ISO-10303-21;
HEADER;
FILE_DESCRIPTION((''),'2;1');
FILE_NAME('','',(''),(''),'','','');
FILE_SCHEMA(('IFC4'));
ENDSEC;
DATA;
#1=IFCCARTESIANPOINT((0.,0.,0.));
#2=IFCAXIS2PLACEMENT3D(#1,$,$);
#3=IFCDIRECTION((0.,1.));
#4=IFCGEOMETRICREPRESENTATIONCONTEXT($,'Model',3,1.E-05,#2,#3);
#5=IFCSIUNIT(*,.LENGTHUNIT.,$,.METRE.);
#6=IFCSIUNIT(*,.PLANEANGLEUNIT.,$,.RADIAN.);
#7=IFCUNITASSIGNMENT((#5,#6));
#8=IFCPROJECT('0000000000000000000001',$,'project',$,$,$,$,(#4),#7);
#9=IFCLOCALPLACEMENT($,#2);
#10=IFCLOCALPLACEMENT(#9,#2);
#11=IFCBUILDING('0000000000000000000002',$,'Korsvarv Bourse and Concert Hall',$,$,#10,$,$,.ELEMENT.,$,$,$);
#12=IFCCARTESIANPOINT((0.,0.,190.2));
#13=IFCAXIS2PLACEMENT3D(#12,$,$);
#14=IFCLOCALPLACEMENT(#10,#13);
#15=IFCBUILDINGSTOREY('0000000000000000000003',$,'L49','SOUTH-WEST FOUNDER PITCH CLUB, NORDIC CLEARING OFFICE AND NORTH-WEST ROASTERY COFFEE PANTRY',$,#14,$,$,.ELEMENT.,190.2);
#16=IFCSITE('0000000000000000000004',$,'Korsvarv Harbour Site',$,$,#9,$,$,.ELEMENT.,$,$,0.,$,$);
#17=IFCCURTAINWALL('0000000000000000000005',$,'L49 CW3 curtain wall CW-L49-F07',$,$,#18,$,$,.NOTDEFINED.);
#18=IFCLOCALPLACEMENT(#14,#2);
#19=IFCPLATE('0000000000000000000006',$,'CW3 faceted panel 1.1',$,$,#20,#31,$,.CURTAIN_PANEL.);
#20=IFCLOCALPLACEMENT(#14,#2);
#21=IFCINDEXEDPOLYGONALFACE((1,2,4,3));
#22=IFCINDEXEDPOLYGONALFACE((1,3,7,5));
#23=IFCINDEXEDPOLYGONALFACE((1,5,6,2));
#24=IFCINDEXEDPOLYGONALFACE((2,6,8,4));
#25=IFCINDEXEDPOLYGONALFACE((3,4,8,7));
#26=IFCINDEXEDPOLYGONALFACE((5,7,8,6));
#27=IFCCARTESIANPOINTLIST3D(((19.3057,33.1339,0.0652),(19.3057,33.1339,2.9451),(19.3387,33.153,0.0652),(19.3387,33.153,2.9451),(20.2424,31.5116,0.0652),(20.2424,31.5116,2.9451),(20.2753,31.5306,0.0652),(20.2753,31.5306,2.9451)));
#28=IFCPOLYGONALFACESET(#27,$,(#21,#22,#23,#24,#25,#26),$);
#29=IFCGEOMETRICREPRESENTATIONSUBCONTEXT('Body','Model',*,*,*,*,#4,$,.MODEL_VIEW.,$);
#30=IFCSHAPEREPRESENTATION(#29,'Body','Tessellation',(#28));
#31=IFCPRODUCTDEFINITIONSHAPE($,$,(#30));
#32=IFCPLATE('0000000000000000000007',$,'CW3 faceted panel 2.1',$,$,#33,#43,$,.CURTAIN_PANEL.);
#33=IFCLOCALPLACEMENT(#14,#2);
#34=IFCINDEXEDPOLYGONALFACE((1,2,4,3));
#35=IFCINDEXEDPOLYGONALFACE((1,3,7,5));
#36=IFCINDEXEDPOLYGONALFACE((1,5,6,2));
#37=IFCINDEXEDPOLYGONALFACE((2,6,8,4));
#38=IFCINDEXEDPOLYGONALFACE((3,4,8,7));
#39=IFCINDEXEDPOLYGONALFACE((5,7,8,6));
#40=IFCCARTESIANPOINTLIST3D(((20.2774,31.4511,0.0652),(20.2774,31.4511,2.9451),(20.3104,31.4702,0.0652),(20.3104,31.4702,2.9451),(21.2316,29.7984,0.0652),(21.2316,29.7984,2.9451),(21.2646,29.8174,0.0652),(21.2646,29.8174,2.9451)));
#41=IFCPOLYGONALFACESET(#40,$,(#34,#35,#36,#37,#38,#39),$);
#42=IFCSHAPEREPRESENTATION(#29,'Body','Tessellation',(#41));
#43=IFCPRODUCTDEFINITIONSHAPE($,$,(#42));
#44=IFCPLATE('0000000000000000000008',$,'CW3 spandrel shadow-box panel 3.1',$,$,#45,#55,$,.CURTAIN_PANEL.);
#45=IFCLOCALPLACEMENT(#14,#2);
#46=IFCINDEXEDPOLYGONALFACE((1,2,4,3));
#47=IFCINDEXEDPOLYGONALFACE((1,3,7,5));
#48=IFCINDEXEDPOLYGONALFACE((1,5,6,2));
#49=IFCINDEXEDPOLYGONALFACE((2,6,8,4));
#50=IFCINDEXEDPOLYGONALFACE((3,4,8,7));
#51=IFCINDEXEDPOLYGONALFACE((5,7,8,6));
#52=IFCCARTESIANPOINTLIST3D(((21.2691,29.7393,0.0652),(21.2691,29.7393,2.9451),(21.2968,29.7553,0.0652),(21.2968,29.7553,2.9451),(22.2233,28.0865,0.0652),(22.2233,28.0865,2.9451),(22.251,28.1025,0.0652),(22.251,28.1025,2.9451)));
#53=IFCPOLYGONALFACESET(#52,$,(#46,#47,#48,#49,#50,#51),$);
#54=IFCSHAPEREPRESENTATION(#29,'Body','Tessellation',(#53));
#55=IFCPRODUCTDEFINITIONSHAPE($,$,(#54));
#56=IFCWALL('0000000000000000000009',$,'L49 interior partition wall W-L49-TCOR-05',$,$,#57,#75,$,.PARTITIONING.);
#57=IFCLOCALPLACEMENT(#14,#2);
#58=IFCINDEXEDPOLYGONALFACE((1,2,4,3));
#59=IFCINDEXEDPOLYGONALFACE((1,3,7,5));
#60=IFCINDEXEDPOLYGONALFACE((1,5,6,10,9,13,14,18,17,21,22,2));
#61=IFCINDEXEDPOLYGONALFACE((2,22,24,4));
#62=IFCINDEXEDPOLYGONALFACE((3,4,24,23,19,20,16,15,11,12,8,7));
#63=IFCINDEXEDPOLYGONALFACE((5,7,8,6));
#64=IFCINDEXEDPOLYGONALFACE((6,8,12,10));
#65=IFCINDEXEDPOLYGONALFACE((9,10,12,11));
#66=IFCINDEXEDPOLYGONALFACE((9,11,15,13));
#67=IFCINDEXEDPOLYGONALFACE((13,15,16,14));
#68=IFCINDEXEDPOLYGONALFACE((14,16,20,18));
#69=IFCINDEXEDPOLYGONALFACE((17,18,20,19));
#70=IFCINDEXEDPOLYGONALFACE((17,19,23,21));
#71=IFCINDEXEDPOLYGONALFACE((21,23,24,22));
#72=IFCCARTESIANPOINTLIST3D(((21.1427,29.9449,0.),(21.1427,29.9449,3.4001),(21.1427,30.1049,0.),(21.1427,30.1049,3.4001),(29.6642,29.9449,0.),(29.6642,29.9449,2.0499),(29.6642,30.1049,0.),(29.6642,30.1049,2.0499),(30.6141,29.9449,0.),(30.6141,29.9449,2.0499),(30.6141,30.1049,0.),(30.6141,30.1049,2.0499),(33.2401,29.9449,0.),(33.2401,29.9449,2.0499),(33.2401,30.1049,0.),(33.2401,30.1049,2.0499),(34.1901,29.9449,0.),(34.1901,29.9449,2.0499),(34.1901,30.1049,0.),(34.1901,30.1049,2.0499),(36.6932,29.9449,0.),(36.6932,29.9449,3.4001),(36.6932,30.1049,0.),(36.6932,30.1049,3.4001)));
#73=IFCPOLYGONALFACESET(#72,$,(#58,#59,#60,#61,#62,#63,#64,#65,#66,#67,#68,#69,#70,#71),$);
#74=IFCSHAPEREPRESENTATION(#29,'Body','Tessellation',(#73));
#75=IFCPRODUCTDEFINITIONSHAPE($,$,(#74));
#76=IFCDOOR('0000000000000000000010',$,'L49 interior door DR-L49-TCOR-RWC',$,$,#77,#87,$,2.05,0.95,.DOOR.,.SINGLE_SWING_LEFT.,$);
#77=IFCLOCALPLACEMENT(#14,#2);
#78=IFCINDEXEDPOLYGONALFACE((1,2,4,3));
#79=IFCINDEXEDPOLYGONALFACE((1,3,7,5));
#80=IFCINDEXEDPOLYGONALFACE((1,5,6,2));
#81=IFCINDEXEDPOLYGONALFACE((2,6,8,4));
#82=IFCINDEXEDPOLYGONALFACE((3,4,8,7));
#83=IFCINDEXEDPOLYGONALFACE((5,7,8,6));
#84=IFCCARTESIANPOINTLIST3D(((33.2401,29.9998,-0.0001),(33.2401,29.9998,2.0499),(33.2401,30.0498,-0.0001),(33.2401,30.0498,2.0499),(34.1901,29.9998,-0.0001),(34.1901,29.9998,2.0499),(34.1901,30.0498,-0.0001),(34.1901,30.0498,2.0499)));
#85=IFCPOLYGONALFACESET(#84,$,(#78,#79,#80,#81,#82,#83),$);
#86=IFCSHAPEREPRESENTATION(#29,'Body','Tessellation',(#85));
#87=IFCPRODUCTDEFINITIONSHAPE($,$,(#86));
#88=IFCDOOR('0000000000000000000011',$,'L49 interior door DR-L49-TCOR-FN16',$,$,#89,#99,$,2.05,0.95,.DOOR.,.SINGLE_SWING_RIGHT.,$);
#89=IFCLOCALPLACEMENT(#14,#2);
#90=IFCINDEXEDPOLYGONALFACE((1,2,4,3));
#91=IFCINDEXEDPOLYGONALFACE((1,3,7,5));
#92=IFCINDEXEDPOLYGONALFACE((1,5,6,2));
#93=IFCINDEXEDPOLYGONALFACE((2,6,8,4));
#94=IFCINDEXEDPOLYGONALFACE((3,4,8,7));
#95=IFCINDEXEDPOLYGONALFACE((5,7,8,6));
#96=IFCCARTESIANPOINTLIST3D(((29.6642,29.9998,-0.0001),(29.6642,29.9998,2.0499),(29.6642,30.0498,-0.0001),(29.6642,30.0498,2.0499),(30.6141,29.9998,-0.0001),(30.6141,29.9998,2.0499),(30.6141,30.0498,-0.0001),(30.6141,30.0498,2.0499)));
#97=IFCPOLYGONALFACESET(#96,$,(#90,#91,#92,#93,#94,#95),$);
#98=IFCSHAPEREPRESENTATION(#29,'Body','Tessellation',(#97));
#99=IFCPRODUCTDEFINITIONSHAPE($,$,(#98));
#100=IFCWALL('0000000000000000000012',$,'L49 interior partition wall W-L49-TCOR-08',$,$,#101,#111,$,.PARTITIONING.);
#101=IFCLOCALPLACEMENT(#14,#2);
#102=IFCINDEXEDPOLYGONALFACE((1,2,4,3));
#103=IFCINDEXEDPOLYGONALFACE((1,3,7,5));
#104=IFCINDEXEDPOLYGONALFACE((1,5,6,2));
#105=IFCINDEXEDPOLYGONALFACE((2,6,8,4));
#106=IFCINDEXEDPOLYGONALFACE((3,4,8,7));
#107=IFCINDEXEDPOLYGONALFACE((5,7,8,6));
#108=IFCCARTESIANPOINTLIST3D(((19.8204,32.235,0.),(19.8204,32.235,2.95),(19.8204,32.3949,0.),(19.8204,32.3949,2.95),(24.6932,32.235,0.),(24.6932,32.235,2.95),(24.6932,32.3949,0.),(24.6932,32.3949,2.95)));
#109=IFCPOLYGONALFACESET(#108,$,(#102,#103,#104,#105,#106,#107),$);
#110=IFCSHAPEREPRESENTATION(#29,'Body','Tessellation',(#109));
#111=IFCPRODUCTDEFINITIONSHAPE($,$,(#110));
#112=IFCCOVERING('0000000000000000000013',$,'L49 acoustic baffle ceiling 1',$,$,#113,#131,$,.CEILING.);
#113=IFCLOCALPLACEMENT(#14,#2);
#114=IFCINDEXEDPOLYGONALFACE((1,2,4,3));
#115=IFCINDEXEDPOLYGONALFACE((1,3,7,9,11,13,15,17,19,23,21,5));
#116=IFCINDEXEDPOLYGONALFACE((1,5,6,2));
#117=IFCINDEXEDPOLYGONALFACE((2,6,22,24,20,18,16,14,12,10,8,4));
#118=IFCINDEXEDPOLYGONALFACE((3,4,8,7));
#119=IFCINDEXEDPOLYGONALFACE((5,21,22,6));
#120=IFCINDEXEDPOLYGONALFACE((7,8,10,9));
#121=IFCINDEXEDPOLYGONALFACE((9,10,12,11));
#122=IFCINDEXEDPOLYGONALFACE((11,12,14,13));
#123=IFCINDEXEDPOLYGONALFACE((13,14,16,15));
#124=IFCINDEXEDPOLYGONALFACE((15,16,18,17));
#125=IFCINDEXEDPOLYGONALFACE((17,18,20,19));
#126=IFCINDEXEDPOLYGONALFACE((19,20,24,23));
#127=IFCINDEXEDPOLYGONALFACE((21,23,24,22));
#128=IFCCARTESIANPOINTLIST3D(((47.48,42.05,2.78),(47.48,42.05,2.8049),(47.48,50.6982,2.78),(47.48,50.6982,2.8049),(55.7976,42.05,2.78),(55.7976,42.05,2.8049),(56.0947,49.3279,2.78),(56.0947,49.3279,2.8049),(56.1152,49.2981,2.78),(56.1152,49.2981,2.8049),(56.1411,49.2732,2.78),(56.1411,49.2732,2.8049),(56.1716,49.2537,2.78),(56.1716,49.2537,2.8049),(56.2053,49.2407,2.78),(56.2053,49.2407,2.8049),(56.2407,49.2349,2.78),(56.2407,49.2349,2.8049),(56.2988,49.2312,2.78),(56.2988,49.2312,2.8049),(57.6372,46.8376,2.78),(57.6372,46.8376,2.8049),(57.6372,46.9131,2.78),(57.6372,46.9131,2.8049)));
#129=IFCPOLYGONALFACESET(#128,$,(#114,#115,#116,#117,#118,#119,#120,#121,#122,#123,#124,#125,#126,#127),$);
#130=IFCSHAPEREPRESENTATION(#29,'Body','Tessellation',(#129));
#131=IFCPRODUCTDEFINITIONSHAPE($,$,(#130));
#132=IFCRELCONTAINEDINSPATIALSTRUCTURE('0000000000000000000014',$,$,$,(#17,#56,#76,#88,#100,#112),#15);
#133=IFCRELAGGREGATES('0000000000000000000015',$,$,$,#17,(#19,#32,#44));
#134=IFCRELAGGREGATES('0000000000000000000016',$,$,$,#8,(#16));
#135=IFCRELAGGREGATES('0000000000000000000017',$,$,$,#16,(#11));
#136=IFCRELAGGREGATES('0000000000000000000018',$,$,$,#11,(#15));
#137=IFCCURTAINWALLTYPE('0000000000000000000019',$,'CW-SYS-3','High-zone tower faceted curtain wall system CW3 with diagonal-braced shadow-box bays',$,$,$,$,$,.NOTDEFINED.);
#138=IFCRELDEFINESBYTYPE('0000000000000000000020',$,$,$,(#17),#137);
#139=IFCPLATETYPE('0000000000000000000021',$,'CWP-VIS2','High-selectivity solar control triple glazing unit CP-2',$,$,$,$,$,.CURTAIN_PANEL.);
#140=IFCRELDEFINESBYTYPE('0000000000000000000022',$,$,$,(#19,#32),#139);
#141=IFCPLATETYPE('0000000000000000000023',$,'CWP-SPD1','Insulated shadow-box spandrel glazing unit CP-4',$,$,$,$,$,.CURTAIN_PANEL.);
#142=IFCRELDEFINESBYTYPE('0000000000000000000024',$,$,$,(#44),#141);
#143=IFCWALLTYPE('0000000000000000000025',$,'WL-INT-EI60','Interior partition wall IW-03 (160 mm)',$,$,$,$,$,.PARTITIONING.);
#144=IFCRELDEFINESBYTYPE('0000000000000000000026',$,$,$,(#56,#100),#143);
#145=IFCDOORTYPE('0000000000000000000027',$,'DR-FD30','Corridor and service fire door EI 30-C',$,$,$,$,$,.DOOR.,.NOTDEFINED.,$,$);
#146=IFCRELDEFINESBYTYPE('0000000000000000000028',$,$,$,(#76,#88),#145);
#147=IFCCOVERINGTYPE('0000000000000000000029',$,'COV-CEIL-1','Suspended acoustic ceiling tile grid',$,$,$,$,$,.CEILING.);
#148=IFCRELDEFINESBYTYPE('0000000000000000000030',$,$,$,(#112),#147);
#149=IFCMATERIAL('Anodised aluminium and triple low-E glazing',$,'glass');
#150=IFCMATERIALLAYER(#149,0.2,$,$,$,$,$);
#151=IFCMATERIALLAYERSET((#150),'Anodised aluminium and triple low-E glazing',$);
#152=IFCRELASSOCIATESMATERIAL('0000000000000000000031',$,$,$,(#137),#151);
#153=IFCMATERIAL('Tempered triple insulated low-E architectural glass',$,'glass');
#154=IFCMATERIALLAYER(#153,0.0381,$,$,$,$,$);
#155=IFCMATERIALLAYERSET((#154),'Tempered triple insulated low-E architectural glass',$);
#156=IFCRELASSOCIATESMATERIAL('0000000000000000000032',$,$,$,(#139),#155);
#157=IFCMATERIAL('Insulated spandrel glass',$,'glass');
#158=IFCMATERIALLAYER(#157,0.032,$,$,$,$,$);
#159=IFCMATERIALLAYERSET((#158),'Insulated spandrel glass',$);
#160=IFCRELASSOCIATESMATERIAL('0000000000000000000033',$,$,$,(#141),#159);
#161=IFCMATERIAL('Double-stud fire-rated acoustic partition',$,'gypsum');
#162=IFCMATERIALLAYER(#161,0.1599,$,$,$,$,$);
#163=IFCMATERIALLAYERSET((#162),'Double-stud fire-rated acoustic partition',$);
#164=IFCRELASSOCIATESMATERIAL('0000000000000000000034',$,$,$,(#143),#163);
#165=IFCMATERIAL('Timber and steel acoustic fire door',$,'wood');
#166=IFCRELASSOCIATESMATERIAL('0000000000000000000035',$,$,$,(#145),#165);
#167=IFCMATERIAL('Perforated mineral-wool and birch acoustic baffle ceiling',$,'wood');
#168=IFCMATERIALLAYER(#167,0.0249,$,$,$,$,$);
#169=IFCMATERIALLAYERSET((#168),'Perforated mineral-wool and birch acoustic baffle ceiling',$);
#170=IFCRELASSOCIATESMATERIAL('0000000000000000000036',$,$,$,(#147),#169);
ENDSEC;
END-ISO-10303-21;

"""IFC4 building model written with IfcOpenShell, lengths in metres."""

from ifc_helpers import new_model, si_unit, direction, frame, frame_2d, origin, origin_2d, place, context, subcontext, project, spatial, polyline, rectangle, outline, extrude, source, transform, mapped, material, layer, layer_set, type_object, element, fill, aggregate, save


model = new_model("IFC4")

# Units and contexts
model_context = context("Model", 3, precision=1e-05, world=origin(), true_north=direction((0.0, 1.0)))
body_context = subcontext(model_context, "Body", "Model", "MODEL_VIEW")
ifc_project = project(units=[si_unit("LENGTHUNIT", "METRE"), si_unit("PLANEANGLEUNIT", "RADIAN")], contexts=[model_context])

# Site, building, storey
site_placement = place(None, origin())
site = spatial("IfcSite", under=ifc_project, at=site_placement, Name="Korsvarv Harbour Site", CompositionType="ELEMENT", RefElevation=0.0)
building_placement = place(site_placement, origin())
building = spatial("IfcBuilding", under=site, at=building_placement, Name="Korsvarv Bourse and Concert Hall", CompositionType="ELEMENT")
storey_placement = place(building_placement, frame((0.0, 0.0, 190.2)))
storey = spatial("IfcBuildingStorey", under=building, at=storey_placement, Name="L49", Description="SOUTH-WEST FOUNDER PITCH CLUB, NORDIC CLEARING OFFICE AND NORTH-WEST ROASTERY COFFEE PANTRY", CompositionType="ELEMENT", Elevation=190.2)

# Curtain wall
ifc_material_1 = material(Name="Anodised aluminium and triple low-E glazing", Category="glass")
ifc_layer_1 = layer(ifc_material_1, 0.2)
ifc_layer_set_1 = layer_set([ifc_layer_1], Name="Anodised aluminium and triple low-E glazing")
curtain_wall_type = type_object("IfcCurtainWallType", Name="CW-SYS-3", Description="High-zone tower faceted curtain wall system CW3 with diagonal-braced shadow-box bays", PredefinedType="NOTDEFINED", material=ifc_layer_set_1)
curtain_wall_placement = place(storey_placement, origin())
curtain_wall = element("IfcCurtainWall", 1, at=curtain_wall_placement, inside=storey, type_object=curtain_wall_type, Name="L49 CW3 curtain wall CW-L49-F07", PredefinedType="NOTDEFINED")

# Plates
ifc_material_2 = material(Name="Tempered triple insulated low-E architectural glass", Category="glass")
ifc_layer_2 = layer(ifc_material_2, 0.0381)
ifc_layer_set_2 = layer_set([ifc_layer_2], Name="Tempered triple insulated low-E architectural glass")
plate_type_1 = type_object("IfcPlateType", Name="CWP-VIS2", Description="High-selectivity solar control triple glazing unit CP-2", PredefinedType="CURTAIN_PANEL", material=ifc_layer_set_2)
shared_shape_1 = source(origin(), body_context, "Body", "SweptSolid", [
    extrude(rectangle(XDim=1.8733, YDim=0.0381, at=origin_2d()), origin(), (0.0, 0.0, 1.0), 2.8799),
])
plate_1_placement = place(storey_placement, frame((19.7905, 32.3323, 0.0652), z_axis=(0.0, 0.0, 1.0), x_axis=(0.499993, -0.86603, 0.0)))
plate_1 = element("IfcPlate", 2, at=plate_1_placement, type_object=plate_type_1, Name="CW3 faceted panel 1.1", PredefinedType="CURTAIN_PANEL", context=body_context, shape_type="MappedRepresentation", body=[
    mapped(shared_shape_1, transform((0.0, 0.0, 0.0), scale=1.0)),
])
shared_shape_2 = source(origin(), body_context, "Body", "SweptSolid", [
    extrude(rectangle(XDim=1.9084, YDim=0.0381, at=origin_2d()), origin(), (0.0, 0.0, 1.0), 2.8799),
])
plate_2_placement = place(storey_placement, frame((20.771, 30.6343, 0.0652), z_axis=(0.0, 0.0, 1.0), x_axis=(0.499993, -0.86603, 0.0)))
plate_2 = element("IfcPlate", 3, at=plate_2_placement, type_object=plate_type_1, Name="CW3 faceted panel 2.1", PredefinedType="CURTAIN_PANEL", context=body_context, shape_type="MappedRepresentation", body=[
    mapped(shared_shape_2, transform((0.0, 0.0, 0.0), scale=1.0)),
])
ifc_material_3 = material(Name="Insulated spandrel glass", Category="glass")
ifc_layer_3 = layer(ifc_material_3, 0.032)
ifc_layer_set_3 = layer_set([ifc_layer_3], Name="Insulated spandrel glass")
plate_type_2 = type_object("IfcPlateType", Name="CWP-SPD1", Description="Insulated shadow-box spandrel glazing unit CP-4", PredefinedType="CURTAIN_PANEL", material=ifc_layer_set_3)
shared_shape_3 = source(origin(), body_context, "Body", "SweptSolid", [
    extrude(rectangle(XDim=1.9084, YDim=0.032, at=origin_2d()), origin(), (0.0, 0.0, 1.0), 2.8799),
])
plate_3_placement = place(storey_placement, frame((21.76, 28.9209, 0.0652), z_axis=(0.0, 0.0, 1.0), x_axis=(0.499993, -0.86603, 0.0)))
plate_3 = element("IfcPlate", 4, at=plate_3_placement, type_object=plate_type_2, Name="CW3 spandrel shadow-box panel 3.1", PredefinedType="CURTAIN_PANEL", context=body_context, shape_type="MappedRepresentation", body=[
    mapped(shared_shape_3, transform((0.0, 0.0, 0.0), scale=1.0)),
])
aggregate(curtain_wall, [plate_1, plate_2, plate_3])

# Wall, openings, doors
ifc_material_4 = material(Name="Double-stud fire-rated acoustic partition", Category="gypsum")
ifc_layer_4 = layer(ifc_material_4, 0.1599)
ifc_layer_set_4 = layer_set([ifc_layer_4], Name="Double-stud fire-rated acoustic partition")
wall_type = type_object("IfcWallType", Name="WL-INT-EI60", Description="Interior partition wall IW-03 (160 mm)", PredefinedType="PARTITIONING", material=ifc_layer_set_4)
wall_1_placement = place(storey_placement, frame((21.1426, 30.0249, 0.0), z_axis=(0.0, 0.0, 1.0), x_axis=(1.0, 0.0, 0.0)))
wall_1 = element("IfcWall", 5, at=wall_1_placement, inside=storey, type_object=wall_type, Name="L49 interior partition wall W-L49-TCOR-05", PredefinedType="PARTITIONING", context=body_context, shape_type="SweptSolid", body=[
    extrude(rectangle(XDim=15.5505, YDim=0.1599, at=frame_2d((7.7754, 0.0))), origin(), (0.0, 0.0, 1.0), 3.4001),
])
opening_1_placement = place(wall_1_placement, frame((12.0974, 0.0, 0.0)))
opening_1 = element("IfcOpeningElement", 6, at=opening_1_placement, cuts=wall_1, PredefinedType="OPENING", context=body_context, shape_type="SweptSolid", body=[
    extrude(rectangle(XDim=0.95, YDim=2.05, at=frame_2d((0.4751, 1.0249))), frame((0.0, 0.0898, 0.0), z_axis=(0.0, -1.0, 0.0), x_axis=(1.0, 0.0, 0.0)), (0.0, 0.0, 1.0), 0.1799),
])
opening_2_placement = place(wall_1_placement, frame((8.5215, 0.0, 0.0)))
opening_2 = element("IfcOpeningElement", 7, at=opening_2_placement, cuts=wall_1, PredefinedType="OPENING", context=body_context, shape_type="SweptSolid", body=[
    extrude(rectangle(XDim=0.95, YDim=2.05, at=frame_2d((0.4751, 1.0249))), frame((0.0, 0.0898, 0.0), z_axis=(0.0, -1.0, 0.0), x_axis=(1.0, 0.0, 0.0)), (0.0, 0.0, 1.0), 0.1799),
])
ifc_material_5 = material(Name="Timber and steel acoustic fire door", Category="wood")
door_type = type_object("IfcDoorType", Name="DR-FD30", Description="Corridor and service fire door EI 30-C", OperationType="NOTDEFINED", PredefinedType="DOOR", material=ifc_material_5)
door_1_placement = place(opening_1_placement, origin())
door_1 = element("IfcDoor", 8, at=door_1_placement, inside=storey, type_object=door_type, Name="L49 interior door DR-L49-TCOR-RWC", OperationType="SINGLE_SWING_LEFT", OverallHeight=2.05, OverallWidth=0.95, PredefinedType="DOOR", context=body_context, shape_type="SweptSolid", body=[
    extrude(rectangle(XDim=0.95, YDim=2.05, at=frame_2d((0.4751, 1.0249))), frame((0.0, 0.0249, 0.0), z_axis=(0.0, -1.0, 0.0), x_axis=(1.0, 0.0, 0.0)), (0.0, 0.0, 1.0), 0.05),
])
fill(opening_1, door_1)
door_2_placement = place(opening_2_placement, origin())
door_2 = element("IfcDoor", 9, at=door_2_placement, inside=storey, type_object=door_type, Name="L49 interior door DR-L49-TCOR-FN16", OperationType="SINGLE_SWING_RIGHT", OverallHeight=2.05, OverallWidth=0.95, PredefinedType="DOOR", context=body_context, shape_type="SweptSolid", body=[
    extrude(rectangle(XDim=0.95, YDim=2.05, at=frame_2d((0.4751, 1.0249))), frame((0.0, 0.0249, 0.0), z_axis=(0.0, -1.0, 0.0), x_axis=(1.0, 0.0, 0.0)), (0.0, 0.0, 1.0), 0.05),
])
fill(opening_2, door_2)

# Wall
wall_2_placement = place(storey_placement, frame((19.8203, 32.3149, 0.0), z_axis=(0.0, 0.0, 1.0), x_axis=(1.0, 0.0, 0.0)))
element("IfcWall", 10, at=wall_2_placement, inside=storey, type_object=wall_type, Name="L49 interior partition wall W-L49-TCOR-08", PredefinedType="PARTITIONING", context=body_context, shape_type="SweptSolid", body=[
    extrude(rectangle(XDim=4.8728, YDim=0.1599, at=frame_2d((2.4365, 0.0))), origin(), (0.0, 0.0, 1.0), 2.95),
])

# Covering
ifc_material_6 = material(Name="Perforated mineral-wool and birch acoustic baffle ceiling", Category="wood")
ifc_layer_5 = layer(ifc_material_6, 0.0249)
ifc_layer_set_5 = layer_set([ifc_layer_5], Name="Perforated mineral-wool and birch acoustic baffle ceiling")
covering_type_1 = type_object("IfcCoveringType", Name="COV-CEIL-1", Description="Suspended acoustic ceiling tile grid", PredefinedType="CEILING", material=ifc_layer_set_5)
covering_1_placement = place(storey_placement, frame((0.0, 0.0, 2.78)))
element("IfcCovering", 11, at=covering_1_placement, inside=storey, type_object=covering_type_1, Name="L49 acoustic baffle ceiling 1", PredefinedType="CEILING", context=body_context, shape_type="SweptSolid", body=[
    extrude(outline(polyline([(56.0947, 49.3279), (56.1152, 49.2981), (56.1411, 49.2732), (56.1716, 49.2537), (56.2053, 49.2407), (56.2407, 49.2349), (56.2988, 49.2312), (57.6372, 46.9131), (57.6372, 46.8376), (55.7976, 42.05), (47.48, 42.05), (47.48, 50.6982), (56.0947, 49.3279)])), origin(), (0.0, 0.0, 1.0), 0.0249),
])

save(model, "model.ifc")
